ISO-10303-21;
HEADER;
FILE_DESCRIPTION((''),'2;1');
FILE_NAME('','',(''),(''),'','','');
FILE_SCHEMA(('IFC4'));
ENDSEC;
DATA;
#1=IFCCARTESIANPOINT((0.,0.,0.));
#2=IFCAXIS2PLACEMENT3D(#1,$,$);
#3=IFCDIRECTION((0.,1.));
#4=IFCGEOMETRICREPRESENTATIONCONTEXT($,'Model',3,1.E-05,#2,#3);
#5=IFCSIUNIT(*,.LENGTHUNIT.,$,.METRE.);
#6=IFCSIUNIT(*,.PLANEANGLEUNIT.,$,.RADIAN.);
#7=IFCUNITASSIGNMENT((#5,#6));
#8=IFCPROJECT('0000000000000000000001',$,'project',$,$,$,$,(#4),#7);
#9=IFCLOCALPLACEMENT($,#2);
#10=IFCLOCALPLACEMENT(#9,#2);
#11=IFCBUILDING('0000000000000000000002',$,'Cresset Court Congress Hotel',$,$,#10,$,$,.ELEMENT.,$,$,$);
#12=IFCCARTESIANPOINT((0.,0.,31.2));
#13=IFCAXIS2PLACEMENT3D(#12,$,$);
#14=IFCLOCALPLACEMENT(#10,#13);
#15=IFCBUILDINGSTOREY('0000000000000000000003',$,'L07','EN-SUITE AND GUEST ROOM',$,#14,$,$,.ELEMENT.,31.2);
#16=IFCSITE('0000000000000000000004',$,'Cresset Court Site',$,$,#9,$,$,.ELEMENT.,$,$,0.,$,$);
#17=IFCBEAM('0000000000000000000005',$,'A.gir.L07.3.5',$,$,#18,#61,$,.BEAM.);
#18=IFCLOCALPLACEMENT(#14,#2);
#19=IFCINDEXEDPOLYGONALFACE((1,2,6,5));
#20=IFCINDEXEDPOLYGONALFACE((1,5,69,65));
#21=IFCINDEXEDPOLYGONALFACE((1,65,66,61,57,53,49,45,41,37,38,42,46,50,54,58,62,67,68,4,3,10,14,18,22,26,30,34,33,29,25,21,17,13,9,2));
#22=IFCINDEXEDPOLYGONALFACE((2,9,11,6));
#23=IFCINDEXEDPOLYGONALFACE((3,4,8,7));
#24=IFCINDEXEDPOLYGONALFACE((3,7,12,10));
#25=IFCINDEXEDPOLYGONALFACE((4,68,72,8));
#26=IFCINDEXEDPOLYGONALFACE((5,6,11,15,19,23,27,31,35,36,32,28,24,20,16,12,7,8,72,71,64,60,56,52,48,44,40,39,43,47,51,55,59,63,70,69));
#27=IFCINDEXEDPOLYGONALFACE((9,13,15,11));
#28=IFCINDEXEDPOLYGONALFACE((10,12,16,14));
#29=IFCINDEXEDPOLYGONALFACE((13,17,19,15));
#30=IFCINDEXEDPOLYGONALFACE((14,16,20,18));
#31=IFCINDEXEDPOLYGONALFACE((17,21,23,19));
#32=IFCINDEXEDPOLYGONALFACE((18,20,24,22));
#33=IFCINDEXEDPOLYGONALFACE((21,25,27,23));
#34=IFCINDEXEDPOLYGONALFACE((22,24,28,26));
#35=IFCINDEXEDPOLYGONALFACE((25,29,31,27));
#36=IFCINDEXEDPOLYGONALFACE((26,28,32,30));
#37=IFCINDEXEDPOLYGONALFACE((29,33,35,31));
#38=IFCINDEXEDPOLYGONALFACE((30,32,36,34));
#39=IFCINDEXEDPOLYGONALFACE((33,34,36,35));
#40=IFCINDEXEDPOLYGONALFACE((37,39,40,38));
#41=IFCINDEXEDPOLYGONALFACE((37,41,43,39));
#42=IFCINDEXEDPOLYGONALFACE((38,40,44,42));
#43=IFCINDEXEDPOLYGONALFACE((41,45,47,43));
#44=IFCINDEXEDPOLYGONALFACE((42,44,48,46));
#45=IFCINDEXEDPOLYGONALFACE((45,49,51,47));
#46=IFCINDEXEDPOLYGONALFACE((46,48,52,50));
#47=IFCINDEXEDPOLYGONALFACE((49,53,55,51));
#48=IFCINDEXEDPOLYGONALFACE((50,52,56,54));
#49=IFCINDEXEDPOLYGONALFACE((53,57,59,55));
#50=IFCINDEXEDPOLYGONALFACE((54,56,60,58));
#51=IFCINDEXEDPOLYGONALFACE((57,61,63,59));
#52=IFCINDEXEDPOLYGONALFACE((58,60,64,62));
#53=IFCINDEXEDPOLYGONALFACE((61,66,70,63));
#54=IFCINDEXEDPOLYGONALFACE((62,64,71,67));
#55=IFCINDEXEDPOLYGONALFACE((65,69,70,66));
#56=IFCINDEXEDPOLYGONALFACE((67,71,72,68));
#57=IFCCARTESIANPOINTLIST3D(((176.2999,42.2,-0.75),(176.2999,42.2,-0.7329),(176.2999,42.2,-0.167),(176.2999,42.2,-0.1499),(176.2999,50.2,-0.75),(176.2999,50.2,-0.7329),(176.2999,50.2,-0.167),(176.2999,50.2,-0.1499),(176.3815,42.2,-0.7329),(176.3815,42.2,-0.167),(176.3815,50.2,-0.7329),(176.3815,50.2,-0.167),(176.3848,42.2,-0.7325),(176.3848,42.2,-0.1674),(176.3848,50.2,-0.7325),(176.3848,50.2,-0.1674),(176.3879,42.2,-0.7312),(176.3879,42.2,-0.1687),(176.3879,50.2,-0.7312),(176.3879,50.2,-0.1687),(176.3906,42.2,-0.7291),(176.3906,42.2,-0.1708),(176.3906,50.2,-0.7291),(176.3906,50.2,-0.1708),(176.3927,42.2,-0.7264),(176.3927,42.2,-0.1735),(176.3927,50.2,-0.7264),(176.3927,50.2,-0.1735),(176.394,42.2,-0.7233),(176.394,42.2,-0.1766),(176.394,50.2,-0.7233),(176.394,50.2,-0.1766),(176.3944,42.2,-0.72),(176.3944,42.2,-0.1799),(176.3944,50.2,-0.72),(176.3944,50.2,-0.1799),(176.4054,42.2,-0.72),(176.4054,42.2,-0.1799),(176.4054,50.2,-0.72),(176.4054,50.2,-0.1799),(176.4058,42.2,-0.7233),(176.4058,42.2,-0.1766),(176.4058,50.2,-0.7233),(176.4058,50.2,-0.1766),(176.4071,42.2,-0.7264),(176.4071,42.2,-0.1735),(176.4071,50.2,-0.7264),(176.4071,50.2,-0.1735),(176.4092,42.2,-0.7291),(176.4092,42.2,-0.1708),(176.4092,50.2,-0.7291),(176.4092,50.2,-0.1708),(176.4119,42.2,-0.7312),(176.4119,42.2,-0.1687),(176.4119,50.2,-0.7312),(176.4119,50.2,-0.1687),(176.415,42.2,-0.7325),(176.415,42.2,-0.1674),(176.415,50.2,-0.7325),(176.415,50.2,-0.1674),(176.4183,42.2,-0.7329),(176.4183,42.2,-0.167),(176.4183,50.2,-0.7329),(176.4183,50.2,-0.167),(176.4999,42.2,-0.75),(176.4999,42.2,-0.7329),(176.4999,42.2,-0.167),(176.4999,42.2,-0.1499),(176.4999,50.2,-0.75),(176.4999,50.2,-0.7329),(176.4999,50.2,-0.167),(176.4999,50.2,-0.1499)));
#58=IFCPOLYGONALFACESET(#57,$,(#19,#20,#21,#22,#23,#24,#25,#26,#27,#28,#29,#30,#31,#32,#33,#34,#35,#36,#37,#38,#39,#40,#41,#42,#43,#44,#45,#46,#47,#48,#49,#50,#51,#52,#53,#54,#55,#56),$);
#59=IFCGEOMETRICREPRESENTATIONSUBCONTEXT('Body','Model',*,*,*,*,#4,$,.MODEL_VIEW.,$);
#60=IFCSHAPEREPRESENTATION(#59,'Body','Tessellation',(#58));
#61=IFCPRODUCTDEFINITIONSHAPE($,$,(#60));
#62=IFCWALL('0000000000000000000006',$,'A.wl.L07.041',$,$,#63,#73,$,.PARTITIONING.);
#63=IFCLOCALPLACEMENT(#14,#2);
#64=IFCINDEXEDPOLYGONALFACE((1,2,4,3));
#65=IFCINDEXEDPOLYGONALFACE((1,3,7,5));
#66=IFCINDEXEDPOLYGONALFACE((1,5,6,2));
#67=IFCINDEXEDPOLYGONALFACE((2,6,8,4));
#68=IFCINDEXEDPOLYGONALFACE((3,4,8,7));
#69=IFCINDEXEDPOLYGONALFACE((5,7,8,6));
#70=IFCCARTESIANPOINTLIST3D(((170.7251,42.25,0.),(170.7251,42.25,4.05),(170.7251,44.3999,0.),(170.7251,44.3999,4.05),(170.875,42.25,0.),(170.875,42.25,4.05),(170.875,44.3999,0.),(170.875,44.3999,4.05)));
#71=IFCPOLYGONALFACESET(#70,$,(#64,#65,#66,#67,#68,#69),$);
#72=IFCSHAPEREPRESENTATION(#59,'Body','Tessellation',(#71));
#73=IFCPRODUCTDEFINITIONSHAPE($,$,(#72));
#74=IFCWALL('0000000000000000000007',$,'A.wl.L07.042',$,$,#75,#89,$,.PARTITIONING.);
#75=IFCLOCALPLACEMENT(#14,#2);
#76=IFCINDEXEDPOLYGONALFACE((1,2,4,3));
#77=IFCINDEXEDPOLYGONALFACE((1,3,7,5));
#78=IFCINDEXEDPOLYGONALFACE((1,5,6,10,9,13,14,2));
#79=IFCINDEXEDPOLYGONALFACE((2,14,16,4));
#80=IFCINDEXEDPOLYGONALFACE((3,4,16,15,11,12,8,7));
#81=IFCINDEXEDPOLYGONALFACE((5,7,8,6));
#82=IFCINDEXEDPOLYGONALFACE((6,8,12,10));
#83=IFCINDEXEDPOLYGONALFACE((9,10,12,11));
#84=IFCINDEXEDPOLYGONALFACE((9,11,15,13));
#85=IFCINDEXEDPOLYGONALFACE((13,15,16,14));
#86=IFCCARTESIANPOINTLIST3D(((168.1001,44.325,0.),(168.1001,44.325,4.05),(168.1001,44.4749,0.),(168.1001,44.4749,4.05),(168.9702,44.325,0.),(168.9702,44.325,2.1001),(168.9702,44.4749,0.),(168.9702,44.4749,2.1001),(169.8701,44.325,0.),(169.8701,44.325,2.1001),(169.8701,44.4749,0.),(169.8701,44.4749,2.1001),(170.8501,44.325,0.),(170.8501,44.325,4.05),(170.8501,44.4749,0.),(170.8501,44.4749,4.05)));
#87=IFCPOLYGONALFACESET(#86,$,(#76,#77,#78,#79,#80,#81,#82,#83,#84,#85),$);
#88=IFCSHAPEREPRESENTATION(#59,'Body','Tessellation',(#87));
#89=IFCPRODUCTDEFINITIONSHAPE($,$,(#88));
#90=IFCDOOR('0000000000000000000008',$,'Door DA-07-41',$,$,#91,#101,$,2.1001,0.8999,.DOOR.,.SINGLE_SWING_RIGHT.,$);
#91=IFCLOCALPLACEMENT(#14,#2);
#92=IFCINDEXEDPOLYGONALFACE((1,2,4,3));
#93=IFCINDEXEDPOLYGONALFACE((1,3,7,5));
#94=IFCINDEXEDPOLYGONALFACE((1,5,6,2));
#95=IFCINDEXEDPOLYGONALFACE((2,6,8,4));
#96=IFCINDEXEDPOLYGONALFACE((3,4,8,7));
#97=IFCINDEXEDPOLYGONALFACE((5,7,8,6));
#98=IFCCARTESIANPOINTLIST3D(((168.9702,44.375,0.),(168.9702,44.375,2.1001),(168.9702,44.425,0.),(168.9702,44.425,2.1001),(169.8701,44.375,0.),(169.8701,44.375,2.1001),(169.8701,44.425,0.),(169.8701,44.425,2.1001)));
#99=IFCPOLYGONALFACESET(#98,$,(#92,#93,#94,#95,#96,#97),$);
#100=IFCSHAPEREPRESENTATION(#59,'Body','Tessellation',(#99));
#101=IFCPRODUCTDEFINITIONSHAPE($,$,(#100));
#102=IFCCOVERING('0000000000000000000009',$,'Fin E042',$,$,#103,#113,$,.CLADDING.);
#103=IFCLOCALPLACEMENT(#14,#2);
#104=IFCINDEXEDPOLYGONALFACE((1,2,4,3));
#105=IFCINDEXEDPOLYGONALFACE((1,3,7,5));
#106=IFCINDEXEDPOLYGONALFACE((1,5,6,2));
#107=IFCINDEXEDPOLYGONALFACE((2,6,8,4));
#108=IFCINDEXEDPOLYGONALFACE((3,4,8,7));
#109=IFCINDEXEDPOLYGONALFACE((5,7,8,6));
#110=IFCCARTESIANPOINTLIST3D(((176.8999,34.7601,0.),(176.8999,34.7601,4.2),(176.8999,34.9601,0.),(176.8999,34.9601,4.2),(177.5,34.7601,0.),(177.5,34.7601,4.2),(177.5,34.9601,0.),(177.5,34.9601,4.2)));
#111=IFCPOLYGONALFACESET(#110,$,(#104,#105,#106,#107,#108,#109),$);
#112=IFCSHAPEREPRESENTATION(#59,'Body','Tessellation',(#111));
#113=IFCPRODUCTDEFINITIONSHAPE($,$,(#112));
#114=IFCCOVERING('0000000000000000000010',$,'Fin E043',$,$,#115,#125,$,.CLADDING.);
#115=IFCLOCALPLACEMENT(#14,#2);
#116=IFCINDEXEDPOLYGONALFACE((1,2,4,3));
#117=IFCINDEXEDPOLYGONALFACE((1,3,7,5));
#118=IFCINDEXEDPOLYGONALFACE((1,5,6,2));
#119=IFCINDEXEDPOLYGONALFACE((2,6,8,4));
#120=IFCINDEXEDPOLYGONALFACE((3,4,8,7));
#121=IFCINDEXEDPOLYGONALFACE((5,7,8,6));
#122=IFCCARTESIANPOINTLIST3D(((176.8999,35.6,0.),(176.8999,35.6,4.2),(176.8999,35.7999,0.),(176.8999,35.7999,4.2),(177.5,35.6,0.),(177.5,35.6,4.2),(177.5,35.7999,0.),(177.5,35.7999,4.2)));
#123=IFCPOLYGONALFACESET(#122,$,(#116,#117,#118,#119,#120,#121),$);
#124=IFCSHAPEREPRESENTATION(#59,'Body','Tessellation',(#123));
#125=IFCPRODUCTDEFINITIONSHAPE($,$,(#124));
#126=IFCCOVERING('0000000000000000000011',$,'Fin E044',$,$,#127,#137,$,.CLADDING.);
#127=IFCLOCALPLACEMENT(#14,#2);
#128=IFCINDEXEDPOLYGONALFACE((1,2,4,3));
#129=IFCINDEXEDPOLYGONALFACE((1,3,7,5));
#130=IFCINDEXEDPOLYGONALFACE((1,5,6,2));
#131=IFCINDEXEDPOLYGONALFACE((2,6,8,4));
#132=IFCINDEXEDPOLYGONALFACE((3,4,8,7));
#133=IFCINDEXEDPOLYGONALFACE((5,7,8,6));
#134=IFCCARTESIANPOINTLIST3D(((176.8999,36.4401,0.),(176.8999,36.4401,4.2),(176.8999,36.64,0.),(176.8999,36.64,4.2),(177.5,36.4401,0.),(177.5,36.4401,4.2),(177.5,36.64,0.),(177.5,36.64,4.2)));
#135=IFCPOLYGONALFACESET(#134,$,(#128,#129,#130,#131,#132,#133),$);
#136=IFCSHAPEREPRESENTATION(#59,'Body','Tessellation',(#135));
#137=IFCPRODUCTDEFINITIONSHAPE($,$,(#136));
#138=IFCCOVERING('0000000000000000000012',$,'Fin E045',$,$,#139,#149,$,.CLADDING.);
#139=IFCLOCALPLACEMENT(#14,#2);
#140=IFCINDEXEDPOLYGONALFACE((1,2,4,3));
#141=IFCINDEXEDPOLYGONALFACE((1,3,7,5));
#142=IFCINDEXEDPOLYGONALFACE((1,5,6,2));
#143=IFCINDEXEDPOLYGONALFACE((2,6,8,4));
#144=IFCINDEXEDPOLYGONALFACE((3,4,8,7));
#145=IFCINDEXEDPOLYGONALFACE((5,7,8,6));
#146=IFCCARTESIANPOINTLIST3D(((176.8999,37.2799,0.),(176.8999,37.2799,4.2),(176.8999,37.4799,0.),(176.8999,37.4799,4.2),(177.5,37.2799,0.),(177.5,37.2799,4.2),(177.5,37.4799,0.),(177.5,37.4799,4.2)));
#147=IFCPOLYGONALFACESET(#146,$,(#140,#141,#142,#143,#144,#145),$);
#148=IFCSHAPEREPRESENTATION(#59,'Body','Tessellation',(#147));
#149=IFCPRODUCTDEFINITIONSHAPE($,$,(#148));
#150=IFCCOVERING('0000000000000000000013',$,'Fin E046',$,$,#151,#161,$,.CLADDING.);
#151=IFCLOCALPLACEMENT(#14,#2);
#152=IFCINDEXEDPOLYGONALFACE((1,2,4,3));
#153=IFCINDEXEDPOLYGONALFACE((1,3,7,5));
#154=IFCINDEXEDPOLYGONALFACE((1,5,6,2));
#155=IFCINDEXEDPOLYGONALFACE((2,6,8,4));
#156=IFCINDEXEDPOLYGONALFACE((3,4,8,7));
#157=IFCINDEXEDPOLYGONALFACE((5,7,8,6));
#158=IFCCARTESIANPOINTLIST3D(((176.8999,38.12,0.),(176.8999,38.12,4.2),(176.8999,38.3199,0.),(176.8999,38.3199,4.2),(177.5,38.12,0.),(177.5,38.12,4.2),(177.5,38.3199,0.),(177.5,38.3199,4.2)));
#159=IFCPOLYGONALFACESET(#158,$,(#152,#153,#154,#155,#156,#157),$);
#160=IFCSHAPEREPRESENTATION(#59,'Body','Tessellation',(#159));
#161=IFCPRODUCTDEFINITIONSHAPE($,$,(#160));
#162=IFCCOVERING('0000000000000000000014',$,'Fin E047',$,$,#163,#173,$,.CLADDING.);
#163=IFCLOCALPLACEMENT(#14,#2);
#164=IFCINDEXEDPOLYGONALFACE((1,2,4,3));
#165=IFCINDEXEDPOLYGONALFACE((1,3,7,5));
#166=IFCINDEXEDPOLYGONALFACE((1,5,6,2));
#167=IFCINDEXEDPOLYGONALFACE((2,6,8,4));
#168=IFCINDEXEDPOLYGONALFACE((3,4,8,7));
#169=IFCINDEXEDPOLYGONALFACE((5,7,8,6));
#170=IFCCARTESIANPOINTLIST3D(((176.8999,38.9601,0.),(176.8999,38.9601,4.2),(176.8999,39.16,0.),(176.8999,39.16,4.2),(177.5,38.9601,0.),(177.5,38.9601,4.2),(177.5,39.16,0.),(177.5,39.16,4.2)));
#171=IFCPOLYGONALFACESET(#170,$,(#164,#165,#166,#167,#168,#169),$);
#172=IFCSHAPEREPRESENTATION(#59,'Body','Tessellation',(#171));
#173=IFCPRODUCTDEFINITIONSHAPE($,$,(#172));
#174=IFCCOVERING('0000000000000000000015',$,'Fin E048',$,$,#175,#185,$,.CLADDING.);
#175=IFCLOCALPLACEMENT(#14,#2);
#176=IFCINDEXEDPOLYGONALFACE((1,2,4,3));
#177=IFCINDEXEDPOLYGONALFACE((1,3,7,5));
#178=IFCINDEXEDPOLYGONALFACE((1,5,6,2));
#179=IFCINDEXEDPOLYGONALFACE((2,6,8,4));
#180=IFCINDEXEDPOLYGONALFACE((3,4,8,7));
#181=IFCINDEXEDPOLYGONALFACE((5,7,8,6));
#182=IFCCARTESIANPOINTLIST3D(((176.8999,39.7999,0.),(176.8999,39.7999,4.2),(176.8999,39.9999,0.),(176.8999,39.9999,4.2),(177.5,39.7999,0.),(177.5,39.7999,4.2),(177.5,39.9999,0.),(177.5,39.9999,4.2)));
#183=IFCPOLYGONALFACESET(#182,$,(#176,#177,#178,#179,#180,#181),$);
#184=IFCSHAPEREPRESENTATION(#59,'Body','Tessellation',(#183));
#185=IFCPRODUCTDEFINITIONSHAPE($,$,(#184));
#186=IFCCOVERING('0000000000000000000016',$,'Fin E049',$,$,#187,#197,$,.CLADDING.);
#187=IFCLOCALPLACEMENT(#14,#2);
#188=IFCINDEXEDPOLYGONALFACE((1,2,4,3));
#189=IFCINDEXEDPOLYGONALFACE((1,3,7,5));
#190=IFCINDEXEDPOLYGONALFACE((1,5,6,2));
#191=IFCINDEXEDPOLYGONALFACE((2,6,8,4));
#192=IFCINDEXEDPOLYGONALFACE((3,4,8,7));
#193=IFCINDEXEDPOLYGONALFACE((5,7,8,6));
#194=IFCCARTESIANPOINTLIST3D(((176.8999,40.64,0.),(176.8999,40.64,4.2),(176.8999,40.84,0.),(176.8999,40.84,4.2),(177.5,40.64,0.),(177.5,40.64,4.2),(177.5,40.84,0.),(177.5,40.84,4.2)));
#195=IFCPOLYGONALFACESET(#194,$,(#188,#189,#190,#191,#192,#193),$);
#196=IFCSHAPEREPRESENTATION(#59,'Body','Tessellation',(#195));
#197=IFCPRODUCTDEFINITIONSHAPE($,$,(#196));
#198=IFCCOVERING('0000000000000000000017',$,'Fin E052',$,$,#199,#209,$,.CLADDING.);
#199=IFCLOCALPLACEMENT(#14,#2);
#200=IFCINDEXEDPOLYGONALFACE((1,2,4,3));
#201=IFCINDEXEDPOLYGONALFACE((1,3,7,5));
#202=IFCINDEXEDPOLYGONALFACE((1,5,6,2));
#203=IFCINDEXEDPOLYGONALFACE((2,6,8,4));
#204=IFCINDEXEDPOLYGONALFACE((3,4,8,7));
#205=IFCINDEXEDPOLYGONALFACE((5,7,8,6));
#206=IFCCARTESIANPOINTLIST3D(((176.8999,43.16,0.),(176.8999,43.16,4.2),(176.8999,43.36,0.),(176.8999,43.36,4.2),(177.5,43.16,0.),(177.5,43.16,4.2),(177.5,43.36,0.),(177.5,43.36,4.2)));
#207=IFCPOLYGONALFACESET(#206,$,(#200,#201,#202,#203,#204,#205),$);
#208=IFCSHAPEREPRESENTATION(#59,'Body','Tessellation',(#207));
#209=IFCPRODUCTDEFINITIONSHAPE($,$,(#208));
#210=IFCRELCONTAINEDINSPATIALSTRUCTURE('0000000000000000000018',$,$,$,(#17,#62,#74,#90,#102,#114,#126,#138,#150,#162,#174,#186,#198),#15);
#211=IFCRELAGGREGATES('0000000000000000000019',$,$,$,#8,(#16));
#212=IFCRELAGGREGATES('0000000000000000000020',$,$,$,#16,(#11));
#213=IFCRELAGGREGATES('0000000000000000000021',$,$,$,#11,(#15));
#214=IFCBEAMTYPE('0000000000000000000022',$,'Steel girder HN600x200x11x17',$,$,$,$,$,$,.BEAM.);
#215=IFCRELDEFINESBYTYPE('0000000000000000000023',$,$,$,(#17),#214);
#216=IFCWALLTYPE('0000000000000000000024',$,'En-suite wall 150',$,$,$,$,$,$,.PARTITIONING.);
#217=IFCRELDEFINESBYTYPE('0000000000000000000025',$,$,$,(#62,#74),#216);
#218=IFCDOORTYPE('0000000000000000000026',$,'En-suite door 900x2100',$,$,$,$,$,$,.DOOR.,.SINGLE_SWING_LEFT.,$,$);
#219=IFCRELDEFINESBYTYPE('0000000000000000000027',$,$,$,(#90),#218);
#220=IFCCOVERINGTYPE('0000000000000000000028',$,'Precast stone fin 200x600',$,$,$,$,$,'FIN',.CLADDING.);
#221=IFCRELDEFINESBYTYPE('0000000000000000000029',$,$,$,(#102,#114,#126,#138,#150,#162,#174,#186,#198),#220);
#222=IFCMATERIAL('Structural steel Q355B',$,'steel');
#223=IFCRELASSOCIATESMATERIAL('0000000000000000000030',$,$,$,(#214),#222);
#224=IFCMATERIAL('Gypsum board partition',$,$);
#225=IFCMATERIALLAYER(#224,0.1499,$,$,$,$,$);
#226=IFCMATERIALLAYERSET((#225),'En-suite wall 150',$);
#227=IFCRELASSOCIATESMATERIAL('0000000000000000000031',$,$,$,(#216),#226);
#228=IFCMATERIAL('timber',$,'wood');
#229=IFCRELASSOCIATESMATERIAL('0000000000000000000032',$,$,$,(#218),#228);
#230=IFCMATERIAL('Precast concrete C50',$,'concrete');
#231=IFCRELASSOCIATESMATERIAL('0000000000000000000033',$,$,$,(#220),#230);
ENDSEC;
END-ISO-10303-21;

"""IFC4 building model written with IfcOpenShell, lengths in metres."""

from ifc_helpers import new_model, si_unit, direction, frame, frame_2d, origin, origin_2d, place, context, subcontext, project, spatial, rectangle, i_section, extrude, material, layer, layer_set, material_profile, profile_set, type_object, element, fill, save


model = new_model("IFC4")

# Units and contexts
model_context = context("Model", 3, precision=1e-05, world=origin(), true_north=direction((0.0, 1.0)))
body_context = subcontext(model_context, "Body", "Model", "MODEL_VIEW")
ifc_project = project(units=[si_unit("LENGTHUNIT", "METRE"), si_unit("PLANEANGLEUNIT", "RADIAN")], contexts=[model_context])

# Site, building, storey
site_placement = place(None, origin())
site = spatial("IfcSite", under=ifc_project, at=site_placement, Name="Cresset Court Site", CompositionType="ELEMENT", RefElevation=0.0)
building_placement = place(site_placement, origin())
building = spatial("IfcBuilding", under=site, at=building_placement, Name="Cresset Court Congress Hotel", CompositionType="ELEMENT")
storey_placement = place(building_placement, frame((0.0, 0.0, 31.2)))
storey = spatial("IfcBuildingStorey", under=building, at=storey_placement, Name="L07", Description="EN-SUITE AND GUEST ROOM", CompositionType="ELEMENT", Elevation=31.2)

# Beam
ifc_material_1 = material(Name="Structural steel Q355B", Category="steel")
ifc_material_profile = material_profile(ifc_material_1, i_section(OverallWidth=0.2, OverallDepth=0.6001, WebThickness=0.011, FlangeThickness=0.0171, FilletRadius=0.0129, at=origin_2d()), Name="HN600x200x11x17")
ifc_profile_set = profile_set([ifc_material_profile], Name="Structural steel Q355B")
beam_type = type_object("IfcBeamType", Name="Steel girder HN600x200x11x17", PredefinedType="BEAM", material=ifc_profile_set)
beam_placement = place(storey_placement, frame((176.3999, 42.2, -0.45), z_axis=(0.0, 1.0, 0.0), x_axis=(-1.0, 0.0, 0.0)))
element("IfcBeam", 1, at=beam_placement, inside=storey, type_object=beam_type, Name="A.gir.L07.3.5", PredefinedType="BEAM", context=body_context, shape_type="SweptSolid", body=[
    extrude(i_section(OverallWidth=0.2, OverallDepth=0.6001, WebThickness=0.011, FlangeThickness=0.0171, FilletRadius=0.0129, at=origin_2d()), origin(), (0.0, 0.0, 1.0), 8.0),
])

# Wall
ifc_material_2 = material(Name="Gypsum board partition")
ifc_layer = layer(ifc_material_2, 0.1499)
ifc_layer_set = layer_set([ifc_layer], Name="En-suite wall 150")
wall_type = type_object("IfcWallType", Name="En-suite wall 150", PredefinedType="PARTITIONING", material=ifc_layer_set)
wall_1_placement = place(storey_placement, frame((170.8, 42.25, 0.0), z_axis=(0.0, 0.0, 1.0), x_axis=(0.0, 1.0, 0.0)))
element("IfcWall", 2, at=wall_1_placement, inside=storey, type_object=wall_type, Name="A.wl.L07.041", PredefinedType="PARTITIONING", context=body_context, shape_type="SweptSolid", body=[
    extrude(rectangle(XDim=2.1499, YDim=0.1499, at=frame_2d((1.075, 0.0))), origin(), (0.0, 0.0, 1.0), 4.05),
])

# Wall, opening, door
wall_2_placement = place(storey_placement, frame((170.8501, 44.3999, 0.0), z_axis=(0.0, 0.0, 1.0), x_axis=(-1.0, 0.0, 0.0)))
wall_2 = element("IfcWall", 3, at=wall_2_placement, inside=storey, type_object=wall_type, Name="A.wl.L07.042", PredefinedType="PARTITIONING", context=body_context, shape_type="SweptSolid", body=[
    extrude(rectangle(XDim=2.75, YDim=0.1499, at=frame_2d((1.375, 0.0))), origin(), (0.0, 0.0, 1.0), 4.05),
])
opening_placement = place(wall_2_placement, frame((0.98, 0.0, 0.0)))
opening = element("IfcOpeningElement", 4, at=opening_placement, cuts=wall_2, PredefinedType="OPENING", context=body_context, shape_type="SweptSolid", body=[
    extrude(rectangle(XDim=0.8999, YDim=2.1001, at=frame_2d((0.45, 1.05))), frame((0.0, 0.085, 0.0), z_axis=(0.0, -1.0, 0.0), x_axis=(1.0, 0.0, 0.0)), (0.0, 0.0, 1.0), 0.1699),
])
ifc_material_3 = material(Name="timber", Category="wood")
door_type = type_object("IfcDoorType", Name="En-suite door 900x2100", OperationType="SINGLE_SWING_LEFT", PredefinedType="DOOR", material=ifc_material_3)
door_placement = place(opening_placement, origin())
door = element("IfcDoor", 5, at=door_placement, inside=storey, type_object=door_type, Name="Door DA-07-41", OperationType="SINGLE_SWING_RIGHT", OverallHeight=2.1001, OverallWidth=0.8999, PredefinedType="DOOR", context=body_context, shape_type="SweptSolid", body=[
    extrude(rectangle(XDim=0.8999, YDim=2.1001, at=frame_2d((0.45, 1.05))), frame((0.0, 0.0249, 0.0), z_axis=(0.0, -1.0, 0.0), x_axis=(1.0, 0.0, 0.0)), (0.0, 0.0, 1.0), 0.05),
])
fill(opening, door)

# Coverings
ifc_material_4 = material(Name="Precast concrete C50", Category="concrete")
covering_type_1 = type_object("IfcCoveringType", Name="Precast stone fin 200x600", ElementType="FIN", PredefinedType="CLADDING", material=ifc_material_4)
for number, where, z_axis, x_axis, name in (
    (6, (177.2, 34.8601, 0.0), (0.0, 0.0, 1.0), (1.0, 0.0, 0.0), "Fin E042"),
    (7, (177.2, 35.7, 0.0), (0.0, 0.0, 1.0), (1.0, 0.0, 0.0), "Fin E043"),
    (8, (177.2, 36.54, 0.0), (0.0, 0.0, 1.0), (1.0, 0.0, 0.0), "Fin E044"),
    (9, (177.2, 37.3799, 0.0), (0.0, 0.0, 1.0), (1.0, 0.0, 0.0), "Fin E045"),
    (10, (177.2, 38.22, 0.0), (0.0, 0.0, 1.0), (1.0, 0.0, 0.0), "Fin E046"),
    (11, (177.2, 39.0601, 0.0), (0.0, 0.0, 1.0), (1.0, 0.0, 0.0), "Fin E047"),
    (12, (177.2, 39.8999, 0.0), (0.0, 0.0, 1.0), (1.0, 0.0, 0.0), "Fin E048"),
    (13, (177.2, 40.74, 0.0), (0.0, 0.0, 1.0), (1.0, 0.0, 0.0), "Fin E049"),
    (14, (177.2, 43.26, 0.0), (0.0, 0.0, 1.0), (1.0, 0.0, 0.0), "Fin E052"),
):
    element("IfcCovering", number, at=place(storey_placement, frame(where, z_axis=z_axis, x_axis=x_axis)), inside=storey, type_object=covering_type_1, Name=name, PredefinedType="CLADDING", context=body_context, shape_type="SweptSolid", body=[
        extrude(rectangle(XDim=0.6001, YDim=0.2, at=origin_2d()), origin(), (0.0, 0.0, 1.0), 4.2),
    ])

save(model, "model.ifc")
